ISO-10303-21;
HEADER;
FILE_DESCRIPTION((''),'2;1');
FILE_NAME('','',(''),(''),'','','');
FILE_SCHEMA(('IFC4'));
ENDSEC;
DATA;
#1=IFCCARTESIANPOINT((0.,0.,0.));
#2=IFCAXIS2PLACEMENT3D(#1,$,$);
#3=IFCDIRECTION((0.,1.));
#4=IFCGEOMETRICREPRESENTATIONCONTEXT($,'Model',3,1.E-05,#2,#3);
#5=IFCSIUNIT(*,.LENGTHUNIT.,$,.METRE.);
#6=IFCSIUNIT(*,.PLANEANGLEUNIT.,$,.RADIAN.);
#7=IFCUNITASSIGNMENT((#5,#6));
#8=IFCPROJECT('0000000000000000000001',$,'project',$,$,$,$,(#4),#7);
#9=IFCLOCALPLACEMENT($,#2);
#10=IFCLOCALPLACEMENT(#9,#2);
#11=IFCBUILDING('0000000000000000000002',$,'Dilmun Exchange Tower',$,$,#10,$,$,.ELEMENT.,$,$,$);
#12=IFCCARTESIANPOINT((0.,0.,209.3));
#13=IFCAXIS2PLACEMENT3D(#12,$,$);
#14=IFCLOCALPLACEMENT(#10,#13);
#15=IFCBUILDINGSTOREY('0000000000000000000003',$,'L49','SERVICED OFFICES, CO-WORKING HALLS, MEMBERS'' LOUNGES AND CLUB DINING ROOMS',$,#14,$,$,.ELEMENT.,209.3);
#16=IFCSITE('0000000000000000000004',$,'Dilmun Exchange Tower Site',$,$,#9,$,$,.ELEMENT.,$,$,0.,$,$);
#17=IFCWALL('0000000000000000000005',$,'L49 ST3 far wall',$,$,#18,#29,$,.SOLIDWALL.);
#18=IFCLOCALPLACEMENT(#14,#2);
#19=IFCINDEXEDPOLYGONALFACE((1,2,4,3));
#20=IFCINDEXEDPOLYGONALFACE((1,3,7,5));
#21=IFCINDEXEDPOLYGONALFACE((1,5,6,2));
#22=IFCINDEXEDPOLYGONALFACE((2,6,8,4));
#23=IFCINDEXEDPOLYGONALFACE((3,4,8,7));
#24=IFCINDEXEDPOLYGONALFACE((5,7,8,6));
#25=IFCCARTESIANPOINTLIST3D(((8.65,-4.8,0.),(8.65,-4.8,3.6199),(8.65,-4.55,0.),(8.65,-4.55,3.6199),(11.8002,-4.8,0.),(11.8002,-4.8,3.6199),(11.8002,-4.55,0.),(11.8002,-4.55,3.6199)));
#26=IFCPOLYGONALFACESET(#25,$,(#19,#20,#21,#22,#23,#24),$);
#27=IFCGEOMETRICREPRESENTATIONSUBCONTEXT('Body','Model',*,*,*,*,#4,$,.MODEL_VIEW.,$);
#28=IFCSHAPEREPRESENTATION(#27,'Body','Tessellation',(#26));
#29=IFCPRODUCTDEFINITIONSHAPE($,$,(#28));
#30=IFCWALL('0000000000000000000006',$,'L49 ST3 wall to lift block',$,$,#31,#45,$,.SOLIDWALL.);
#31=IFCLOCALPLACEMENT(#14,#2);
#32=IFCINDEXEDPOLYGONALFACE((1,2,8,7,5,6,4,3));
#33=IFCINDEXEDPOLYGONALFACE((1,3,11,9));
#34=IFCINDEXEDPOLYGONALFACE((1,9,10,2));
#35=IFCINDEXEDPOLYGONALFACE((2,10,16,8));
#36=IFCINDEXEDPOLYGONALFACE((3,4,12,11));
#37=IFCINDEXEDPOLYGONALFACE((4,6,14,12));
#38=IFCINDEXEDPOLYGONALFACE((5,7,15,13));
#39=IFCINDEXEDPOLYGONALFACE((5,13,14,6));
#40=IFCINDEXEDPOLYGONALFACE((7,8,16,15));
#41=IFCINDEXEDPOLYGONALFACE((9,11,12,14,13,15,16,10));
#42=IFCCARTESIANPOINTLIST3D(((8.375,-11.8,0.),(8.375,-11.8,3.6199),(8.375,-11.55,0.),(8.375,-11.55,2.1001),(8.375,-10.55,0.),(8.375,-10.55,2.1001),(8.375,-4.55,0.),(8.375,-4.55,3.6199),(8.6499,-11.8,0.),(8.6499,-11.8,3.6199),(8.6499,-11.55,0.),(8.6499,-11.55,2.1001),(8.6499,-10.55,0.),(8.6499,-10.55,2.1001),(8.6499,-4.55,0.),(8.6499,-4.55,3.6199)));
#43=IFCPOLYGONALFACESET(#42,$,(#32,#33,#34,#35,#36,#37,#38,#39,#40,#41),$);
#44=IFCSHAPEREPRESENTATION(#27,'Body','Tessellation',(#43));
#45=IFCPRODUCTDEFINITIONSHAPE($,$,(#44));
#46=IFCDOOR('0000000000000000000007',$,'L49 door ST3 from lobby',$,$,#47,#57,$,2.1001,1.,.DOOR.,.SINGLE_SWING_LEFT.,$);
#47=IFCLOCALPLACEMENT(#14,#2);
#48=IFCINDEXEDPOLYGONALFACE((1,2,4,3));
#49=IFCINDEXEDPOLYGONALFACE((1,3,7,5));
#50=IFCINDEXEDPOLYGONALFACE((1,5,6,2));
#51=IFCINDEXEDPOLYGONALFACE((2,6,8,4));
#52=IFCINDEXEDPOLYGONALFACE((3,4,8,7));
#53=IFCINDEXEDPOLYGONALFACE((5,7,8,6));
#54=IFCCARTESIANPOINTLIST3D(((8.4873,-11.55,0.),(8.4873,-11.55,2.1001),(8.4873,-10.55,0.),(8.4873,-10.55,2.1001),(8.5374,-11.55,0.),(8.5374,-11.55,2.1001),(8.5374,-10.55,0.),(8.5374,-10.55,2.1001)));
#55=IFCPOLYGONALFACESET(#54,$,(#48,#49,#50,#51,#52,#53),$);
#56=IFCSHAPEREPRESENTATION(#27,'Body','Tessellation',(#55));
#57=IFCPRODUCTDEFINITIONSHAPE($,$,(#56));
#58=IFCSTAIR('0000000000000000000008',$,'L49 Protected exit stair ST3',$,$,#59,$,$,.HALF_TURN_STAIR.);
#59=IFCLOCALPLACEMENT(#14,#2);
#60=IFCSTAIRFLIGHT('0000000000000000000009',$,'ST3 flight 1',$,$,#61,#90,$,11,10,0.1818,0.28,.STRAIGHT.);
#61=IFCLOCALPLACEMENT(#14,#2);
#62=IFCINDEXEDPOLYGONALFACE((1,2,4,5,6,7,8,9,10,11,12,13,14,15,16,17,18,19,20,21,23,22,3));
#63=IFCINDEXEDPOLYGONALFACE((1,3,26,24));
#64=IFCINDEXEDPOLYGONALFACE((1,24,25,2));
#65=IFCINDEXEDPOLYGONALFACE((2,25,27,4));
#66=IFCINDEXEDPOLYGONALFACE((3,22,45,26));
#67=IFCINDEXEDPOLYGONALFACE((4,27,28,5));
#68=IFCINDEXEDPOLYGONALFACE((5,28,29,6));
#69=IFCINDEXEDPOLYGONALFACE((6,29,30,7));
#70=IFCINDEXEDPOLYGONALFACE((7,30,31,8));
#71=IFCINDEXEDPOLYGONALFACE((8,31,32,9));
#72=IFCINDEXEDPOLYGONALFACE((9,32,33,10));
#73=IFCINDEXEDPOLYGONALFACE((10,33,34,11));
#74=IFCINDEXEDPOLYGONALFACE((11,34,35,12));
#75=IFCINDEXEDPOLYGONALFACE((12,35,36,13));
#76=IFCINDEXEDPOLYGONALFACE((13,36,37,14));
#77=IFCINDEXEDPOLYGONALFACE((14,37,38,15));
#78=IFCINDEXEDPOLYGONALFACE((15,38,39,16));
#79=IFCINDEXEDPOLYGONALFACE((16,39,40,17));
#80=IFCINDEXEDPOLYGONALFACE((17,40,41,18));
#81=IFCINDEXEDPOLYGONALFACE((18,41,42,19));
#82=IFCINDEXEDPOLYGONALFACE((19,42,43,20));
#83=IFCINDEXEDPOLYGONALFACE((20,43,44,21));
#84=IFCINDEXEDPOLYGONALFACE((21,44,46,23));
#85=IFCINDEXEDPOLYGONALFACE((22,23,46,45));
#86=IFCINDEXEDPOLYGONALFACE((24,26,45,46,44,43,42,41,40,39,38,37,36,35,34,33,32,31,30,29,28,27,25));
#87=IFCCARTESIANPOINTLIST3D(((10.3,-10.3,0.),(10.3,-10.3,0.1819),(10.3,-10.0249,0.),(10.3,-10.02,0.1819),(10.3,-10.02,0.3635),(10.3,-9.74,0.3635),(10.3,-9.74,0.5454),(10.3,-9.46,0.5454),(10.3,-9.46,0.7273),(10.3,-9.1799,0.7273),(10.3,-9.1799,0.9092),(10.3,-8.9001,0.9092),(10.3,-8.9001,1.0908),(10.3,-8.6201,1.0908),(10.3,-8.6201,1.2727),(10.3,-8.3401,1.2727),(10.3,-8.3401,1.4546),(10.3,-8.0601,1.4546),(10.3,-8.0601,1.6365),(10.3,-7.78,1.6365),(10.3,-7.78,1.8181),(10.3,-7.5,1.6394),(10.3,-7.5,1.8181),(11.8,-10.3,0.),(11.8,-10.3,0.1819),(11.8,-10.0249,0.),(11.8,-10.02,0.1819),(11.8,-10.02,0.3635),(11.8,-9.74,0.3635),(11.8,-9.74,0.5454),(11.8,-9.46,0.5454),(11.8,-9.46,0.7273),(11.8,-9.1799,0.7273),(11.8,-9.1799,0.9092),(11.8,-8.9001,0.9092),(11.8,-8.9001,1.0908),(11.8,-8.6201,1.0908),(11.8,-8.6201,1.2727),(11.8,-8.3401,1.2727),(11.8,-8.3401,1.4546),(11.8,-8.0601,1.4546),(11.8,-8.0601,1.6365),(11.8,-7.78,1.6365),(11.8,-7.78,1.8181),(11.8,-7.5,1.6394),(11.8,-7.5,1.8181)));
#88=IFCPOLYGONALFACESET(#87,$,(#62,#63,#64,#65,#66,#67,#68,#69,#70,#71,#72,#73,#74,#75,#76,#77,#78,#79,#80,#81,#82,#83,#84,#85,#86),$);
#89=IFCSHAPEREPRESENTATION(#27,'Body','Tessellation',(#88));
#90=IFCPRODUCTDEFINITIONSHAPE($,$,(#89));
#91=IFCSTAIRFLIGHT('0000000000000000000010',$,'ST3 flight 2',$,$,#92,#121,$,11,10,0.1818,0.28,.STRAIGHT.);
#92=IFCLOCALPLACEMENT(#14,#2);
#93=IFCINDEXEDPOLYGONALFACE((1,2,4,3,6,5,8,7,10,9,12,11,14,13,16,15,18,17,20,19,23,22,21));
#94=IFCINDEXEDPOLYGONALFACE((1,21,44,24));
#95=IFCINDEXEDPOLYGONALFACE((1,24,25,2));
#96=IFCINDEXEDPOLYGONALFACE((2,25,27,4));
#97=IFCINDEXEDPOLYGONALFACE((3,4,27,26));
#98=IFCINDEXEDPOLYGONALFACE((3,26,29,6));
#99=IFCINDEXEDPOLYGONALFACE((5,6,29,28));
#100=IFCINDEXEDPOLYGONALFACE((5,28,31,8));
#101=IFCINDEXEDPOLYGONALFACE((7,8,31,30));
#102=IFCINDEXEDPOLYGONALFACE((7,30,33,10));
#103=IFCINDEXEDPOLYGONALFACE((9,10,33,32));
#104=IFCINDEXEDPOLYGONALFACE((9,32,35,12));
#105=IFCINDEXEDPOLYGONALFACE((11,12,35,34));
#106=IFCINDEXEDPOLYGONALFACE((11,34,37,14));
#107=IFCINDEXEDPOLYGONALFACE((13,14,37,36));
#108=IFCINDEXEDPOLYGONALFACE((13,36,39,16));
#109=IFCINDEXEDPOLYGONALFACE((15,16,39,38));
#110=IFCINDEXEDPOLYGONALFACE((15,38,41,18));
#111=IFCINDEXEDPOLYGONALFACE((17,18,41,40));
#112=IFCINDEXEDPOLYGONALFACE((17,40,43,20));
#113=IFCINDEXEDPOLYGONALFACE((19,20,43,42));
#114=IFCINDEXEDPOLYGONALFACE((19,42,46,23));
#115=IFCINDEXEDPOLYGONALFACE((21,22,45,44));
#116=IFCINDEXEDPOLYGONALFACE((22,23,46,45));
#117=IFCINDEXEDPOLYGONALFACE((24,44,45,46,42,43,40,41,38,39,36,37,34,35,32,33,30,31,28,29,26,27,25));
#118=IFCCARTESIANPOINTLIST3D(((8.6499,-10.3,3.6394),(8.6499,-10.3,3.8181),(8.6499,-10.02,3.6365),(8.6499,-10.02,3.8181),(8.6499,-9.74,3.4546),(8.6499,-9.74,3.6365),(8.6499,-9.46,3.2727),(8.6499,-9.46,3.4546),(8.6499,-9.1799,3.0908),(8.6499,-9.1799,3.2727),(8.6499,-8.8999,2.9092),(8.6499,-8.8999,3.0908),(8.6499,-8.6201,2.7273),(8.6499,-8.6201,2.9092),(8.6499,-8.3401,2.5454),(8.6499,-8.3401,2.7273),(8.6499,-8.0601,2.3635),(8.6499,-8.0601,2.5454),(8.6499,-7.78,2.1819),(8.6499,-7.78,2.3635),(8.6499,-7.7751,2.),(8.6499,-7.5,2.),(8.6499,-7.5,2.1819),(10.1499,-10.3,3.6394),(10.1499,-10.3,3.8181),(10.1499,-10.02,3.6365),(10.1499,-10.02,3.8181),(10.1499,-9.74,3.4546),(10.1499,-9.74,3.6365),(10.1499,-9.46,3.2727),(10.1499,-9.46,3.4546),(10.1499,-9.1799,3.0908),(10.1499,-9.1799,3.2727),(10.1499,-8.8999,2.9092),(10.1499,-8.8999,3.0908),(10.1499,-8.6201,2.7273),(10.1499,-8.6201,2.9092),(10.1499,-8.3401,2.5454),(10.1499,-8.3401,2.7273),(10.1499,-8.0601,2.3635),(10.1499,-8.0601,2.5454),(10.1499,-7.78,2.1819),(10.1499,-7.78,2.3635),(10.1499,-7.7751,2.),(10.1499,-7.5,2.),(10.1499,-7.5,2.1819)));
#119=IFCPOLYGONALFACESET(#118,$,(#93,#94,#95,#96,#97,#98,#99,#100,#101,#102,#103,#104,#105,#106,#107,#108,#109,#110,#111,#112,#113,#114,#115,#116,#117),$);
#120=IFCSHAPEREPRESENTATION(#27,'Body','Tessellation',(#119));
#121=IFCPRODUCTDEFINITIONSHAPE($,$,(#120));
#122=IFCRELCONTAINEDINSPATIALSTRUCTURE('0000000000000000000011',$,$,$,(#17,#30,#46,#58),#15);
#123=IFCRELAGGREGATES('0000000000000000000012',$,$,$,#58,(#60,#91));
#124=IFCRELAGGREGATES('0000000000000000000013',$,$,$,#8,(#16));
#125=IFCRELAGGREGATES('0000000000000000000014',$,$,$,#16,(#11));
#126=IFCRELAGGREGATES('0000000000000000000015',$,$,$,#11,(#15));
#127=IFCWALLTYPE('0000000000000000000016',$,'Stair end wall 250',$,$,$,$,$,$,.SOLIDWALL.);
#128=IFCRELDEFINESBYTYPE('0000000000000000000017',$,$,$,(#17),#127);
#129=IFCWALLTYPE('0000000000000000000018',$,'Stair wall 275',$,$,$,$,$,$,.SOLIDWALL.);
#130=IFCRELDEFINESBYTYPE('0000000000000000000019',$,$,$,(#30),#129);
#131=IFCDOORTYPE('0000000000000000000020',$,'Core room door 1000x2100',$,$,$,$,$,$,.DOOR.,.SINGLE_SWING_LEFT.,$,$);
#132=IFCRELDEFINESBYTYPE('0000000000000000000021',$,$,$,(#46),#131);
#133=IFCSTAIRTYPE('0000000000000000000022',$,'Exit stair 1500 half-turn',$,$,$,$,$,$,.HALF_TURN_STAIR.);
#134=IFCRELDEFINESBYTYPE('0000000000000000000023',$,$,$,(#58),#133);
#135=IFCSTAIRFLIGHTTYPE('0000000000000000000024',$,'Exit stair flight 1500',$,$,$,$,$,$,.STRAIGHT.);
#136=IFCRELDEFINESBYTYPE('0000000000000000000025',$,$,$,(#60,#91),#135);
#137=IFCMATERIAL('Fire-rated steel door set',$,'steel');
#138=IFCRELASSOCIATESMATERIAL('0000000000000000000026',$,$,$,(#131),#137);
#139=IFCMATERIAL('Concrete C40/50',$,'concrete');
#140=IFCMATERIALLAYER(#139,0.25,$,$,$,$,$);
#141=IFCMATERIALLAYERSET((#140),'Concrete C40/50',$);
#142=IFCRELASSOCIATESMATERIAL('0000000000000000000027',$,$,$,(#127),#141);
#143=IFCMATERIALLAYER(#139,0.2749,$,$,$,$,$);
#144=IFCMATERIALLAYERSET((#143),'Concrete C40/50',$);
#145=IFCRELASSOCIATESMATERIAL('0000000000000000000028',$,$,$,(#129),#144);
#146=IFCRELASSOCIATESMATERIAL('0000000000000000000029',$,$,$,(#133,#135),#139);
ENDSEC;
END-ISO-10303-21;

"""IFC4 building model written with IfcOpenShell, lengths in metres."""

from ifc_helpers import new_model, si_unit, direction, frame, frame_2d, origin, place, context, subcontext, project, spatial, polyline, rectangle, outline, extrude, material, layer, layer_set, type_object, element, fill, aggregate, save


model = new_model("IFC4")

# Units and contexts
model_context = context("Model", 3, precision=1e-05, world=origin(), true_north=direction((0.0, 1.0)))
body_context = subcontext(model_context, "Body", "Model", "MODEL_VIEW")
ifc_project = project(units=[si_unit("LENGTHUNIT", "METRE"), si_unit("PLANEANGLEUNIT", "RADIAN")], contexts=[model_context])

# Site, building, storey
site_placement = place(None, origin())
site = spatial("IfcSite", under=ifc_project, at=site_placement, Name="Dilmun Exchange Tower Site", CompositionType="ELEMENT", RefElevation=0.0)
building_placement = place(site_placement, origin())
building = spatial("IfcBuilding", under=site, at=building_placement, Name="Dilmun Exchange Tower", CompositionType="ELEMENT")
storey_placement = place(building_placement, frame((0.0, 0.0, 209.3)))
storey = spatial("IfcBuildingStorey", under=building, at=storey_placement, Name="L49", Description="SERVICED OFFICES, CO-WORKING HALLS, MEMBERS' LOUNGES AND CLUB DINING ROOMS", CompositionType="ELEMENT", Elevation=209.3)

# Shared definitions
ifc_material_1 = material(Name="Concrete C40/50", Category="concrete")

# Shared definitions
ifc_material_2 = material(Name="Fire-rated steel door set", Category="steel")
door_type_1 = type_object("IfcDoorType", Name="Core room door 1000x2100", OperationType="SINGLE_SWING_LEFT", PredefinedType="DOOR", material=ifc_material_2)

# Wall
ifc_layer_1 = layer(ifc_material_1, 0.25)
ifc_layer_set_1 = layer_set([ifc_layer_1], Name="Concrete C40/50")
wall_type_1 = type_object("IfcWallType", Name="Stair end wall 250", PredefinedType="SOLIDWALL", material=ifc_layer_set_1)
wall_1_placement = place(storey_placement, frame((8.6499, -4.675, 0.0), z_axis=(0.0, 0.0, 1.0), x_axis=(1.0, 0.0, 0.0)))
element("IfcWall", 1, at=wall_1_placement, inside=storey, type_object=wall_type_1, Name="L49 ST3 far wall", PredefinedType="SOLIDWALL", context=body_context, shape_type="SweptSolid", body=[
    extrude(rectangle(XDim=3.1501, YDim=0.25, at=frame_2d((1.5752, 0.0))), origin(), (0.0, 0.0, 1.0), 3.6199),
])

# Wall, opening, door
ifc_layer_2 = layer(ifc_material_1, 0.2749)
ifc_layer_set_2 = layer_set([ifc_layer_2], Name="Concrete C40/50")
wall_type_2 = type_object("IfcWallType", Name="Stair wall 275", PredefinedType="SOLIDWALL", material=ifc_layer_set_2)
wall_2_placement = place(storey_placement, frame((8.5125, -4.55, 0.0), z_axis=(0.0, 0.0, 1.0), x_axis=(0.0, -1.0, 0.0)))
wall_2 = element("IfcWall", 2, at=wall_2_placement, inside=storey, type_object=wall_type_2, Name="L49 ST3 wall to lift block", PredefinedType="SOLIDWALL", context=body_context, shape_type="SweptSolid", body=[
    extrude(rectangle(XDim=7.25, YDim=0.2749, at=frame_2d((3.625, 0.0))), origin(), (0.0, 0.0, 1.0), 3.6199),
])
opening_1_placement = place(wall_2_placement, frame((6.0, 0.0, 0.0)))
opening_1 = element("IfcOpeningElement", 3, at=opening_1_placement, cuts=wall_2, PredefinedType="OPENING", context=body_context, shape_type="SweptSolid", body=[
    extrude(rectangle(XDim=1.0, YDim=2.1001, at=frame_2d((0.5, 1.05))), frame((0.0, 0.1475, 0.0), z_axis=(0.0, -1.0, 0.0), x_axis=(1.0, 0.0, 0.0)), (0.0, 0.0, 1.0), 0.2949),
])
door_1_placement = place(opening_1_placement, origin())
door_1 = element("IfcDoor", 4, at=door_1_placement, inside=storey, type_object=door_type_1, Name="L49 door ST3 from lobby", OperationType="SINGLE_SWING_LEFT", OverallHeight=2.1001, OverallWidth=1.0, PredefinedType="DOOR", context=body_context, shape_type="SweptSolid", body=[
    extrude(rectangle(XDim=1.0, YDim=2.1001, at=frame_2d((0.5, 1.05))), frame((0.0, 0.0249, 0.0), z_axis=(0.0, -1.0, 0.0), x_axis=(1.0, 0.0, 0.0)), (0.0, 0.0, 1.0), 0.05),
])
fill(opening_1, door_1)

# Stair, stair flights
stair_type = type_object("IfcStairType", Name="Exit stair 1500 half-turn", PredefinedType="HALF_TURN_STAIR", material=ifc_material_1)
stair_placement = place(storey_placement, origin())
stair = element("IfcStair", 5, at=stair_placement, inside=storey, type_object=stair_type, Name="L49 Protected exit stair ST3", PredefinedType="HALF_TURN_STAIR")
stair_flight_type = type_object("IfcStairFlightType", Name="Exit stair flight 1500", PredefinedType="STRAIGHT", material=ifc_material_1)
stair_flight_1_placement = place(storey_placement, frame((11.05, -10.3, 0.0), z_axis=(0.0, 0.0, 1.0), x_axis=(0.0, 1.0, 0.0)))
stair_flight_1 = element("IfcStairFlight", 6, at=stair_flight_1_placement, type_object=stair_flight_type, Name="ST3 flight 1", NumberOfRisers=11, NumberOfTreads=10, PredefinedType="STRAIGHT", RiserHeight=0.1818, TreadLength=0.28, context=body_context, shape_type="SweptSolid", body=[
    extrude(outline(polyline([(0.0, 0.0), (0.0, 0.1819), (0.28, 0.1819), (0.28, 0.3635), (0.5601, 0.3635), (0.5601, 0.5454), (0.8401, 0.5454), (0.8401, 0.7273), (1.1201, 0.7273), (1.1201, 0.9092), (1.3999, 0.9092), (1.3999, 1.0908), (1.6799, 1.0908), (1.6799, 1.2727), (1.96, 1.2727), (1.96, 1.4546), (2.24, 1.4546), (2.24, 1.6365), (2.52, 1.6365), (2.52, 1.8181), (2.8, 1.8181), (2.8, 2.0), (2.8, 1.6394), (0.2751, 0.0), (0.0, 0.0)])), frame((0.0, 0.75, 0.0), z_axis=(0.0, -1.0, 0.0), x_axis=(1.0, 0.0, 0.0)), (0.0, 0.0, 1.0), 1.5),
])
stair_flight_2_placement = place(storey_placement, frame((9.3999, -7.5, 2.0), z_axis=(0.0, 0.0, 1.0), x_axis=(0.0, -1.0, 0.0)))
stair_flight_2 = element("IfcStairFlight", 7, at=stair_flight_2_placement, type_object=stair_flight_type, Name="ST3 flight 2", NumberOfRisers=11, NumberOfTreads=10, PredefinedType="STRAIGHT", RiserHeight=0.1818, TreadLength=0.28, context=body_context, shape_type="SweptSolid", body=[
    extrude(outline(polyline([(0.0, 0.0), (0.0, 0.1819), (0.28, 0.1819), (0.28, 0.3635), (0.5601, 0.3635), (0.5601, 0.5454), (0.8401, 0.5454), (0.8401, 0.7273), (1.1201, 0.7273), (1.1201, 0.9092), (1.3999, 0.9092), (1.3999, 1.0908), (1.6799, 1.0908), (1.6799, 1.2727), (1.96, 1.2727), (1.96, 1.4546), (2.24, 1.4546), (2.24, 1.6365), (2.52, 1.6365), (2.52, 1.8181), (2.8, 1.8181), (2.8, 2.0), (2.8, 1.6394), (0.2751, 0.0), (0.0, 0.0)])), frame((0.0, 0.75, 0.0), z_axis=(0.0, -1.0, 0.0), x_axis=(1.0, 0.0, 0.0)), (0.0, 0.0, 1.0), 1.5),
])
aggregate(stair, [stair_flight_1, stair_flight_2])

save(model, "model.ifc")
